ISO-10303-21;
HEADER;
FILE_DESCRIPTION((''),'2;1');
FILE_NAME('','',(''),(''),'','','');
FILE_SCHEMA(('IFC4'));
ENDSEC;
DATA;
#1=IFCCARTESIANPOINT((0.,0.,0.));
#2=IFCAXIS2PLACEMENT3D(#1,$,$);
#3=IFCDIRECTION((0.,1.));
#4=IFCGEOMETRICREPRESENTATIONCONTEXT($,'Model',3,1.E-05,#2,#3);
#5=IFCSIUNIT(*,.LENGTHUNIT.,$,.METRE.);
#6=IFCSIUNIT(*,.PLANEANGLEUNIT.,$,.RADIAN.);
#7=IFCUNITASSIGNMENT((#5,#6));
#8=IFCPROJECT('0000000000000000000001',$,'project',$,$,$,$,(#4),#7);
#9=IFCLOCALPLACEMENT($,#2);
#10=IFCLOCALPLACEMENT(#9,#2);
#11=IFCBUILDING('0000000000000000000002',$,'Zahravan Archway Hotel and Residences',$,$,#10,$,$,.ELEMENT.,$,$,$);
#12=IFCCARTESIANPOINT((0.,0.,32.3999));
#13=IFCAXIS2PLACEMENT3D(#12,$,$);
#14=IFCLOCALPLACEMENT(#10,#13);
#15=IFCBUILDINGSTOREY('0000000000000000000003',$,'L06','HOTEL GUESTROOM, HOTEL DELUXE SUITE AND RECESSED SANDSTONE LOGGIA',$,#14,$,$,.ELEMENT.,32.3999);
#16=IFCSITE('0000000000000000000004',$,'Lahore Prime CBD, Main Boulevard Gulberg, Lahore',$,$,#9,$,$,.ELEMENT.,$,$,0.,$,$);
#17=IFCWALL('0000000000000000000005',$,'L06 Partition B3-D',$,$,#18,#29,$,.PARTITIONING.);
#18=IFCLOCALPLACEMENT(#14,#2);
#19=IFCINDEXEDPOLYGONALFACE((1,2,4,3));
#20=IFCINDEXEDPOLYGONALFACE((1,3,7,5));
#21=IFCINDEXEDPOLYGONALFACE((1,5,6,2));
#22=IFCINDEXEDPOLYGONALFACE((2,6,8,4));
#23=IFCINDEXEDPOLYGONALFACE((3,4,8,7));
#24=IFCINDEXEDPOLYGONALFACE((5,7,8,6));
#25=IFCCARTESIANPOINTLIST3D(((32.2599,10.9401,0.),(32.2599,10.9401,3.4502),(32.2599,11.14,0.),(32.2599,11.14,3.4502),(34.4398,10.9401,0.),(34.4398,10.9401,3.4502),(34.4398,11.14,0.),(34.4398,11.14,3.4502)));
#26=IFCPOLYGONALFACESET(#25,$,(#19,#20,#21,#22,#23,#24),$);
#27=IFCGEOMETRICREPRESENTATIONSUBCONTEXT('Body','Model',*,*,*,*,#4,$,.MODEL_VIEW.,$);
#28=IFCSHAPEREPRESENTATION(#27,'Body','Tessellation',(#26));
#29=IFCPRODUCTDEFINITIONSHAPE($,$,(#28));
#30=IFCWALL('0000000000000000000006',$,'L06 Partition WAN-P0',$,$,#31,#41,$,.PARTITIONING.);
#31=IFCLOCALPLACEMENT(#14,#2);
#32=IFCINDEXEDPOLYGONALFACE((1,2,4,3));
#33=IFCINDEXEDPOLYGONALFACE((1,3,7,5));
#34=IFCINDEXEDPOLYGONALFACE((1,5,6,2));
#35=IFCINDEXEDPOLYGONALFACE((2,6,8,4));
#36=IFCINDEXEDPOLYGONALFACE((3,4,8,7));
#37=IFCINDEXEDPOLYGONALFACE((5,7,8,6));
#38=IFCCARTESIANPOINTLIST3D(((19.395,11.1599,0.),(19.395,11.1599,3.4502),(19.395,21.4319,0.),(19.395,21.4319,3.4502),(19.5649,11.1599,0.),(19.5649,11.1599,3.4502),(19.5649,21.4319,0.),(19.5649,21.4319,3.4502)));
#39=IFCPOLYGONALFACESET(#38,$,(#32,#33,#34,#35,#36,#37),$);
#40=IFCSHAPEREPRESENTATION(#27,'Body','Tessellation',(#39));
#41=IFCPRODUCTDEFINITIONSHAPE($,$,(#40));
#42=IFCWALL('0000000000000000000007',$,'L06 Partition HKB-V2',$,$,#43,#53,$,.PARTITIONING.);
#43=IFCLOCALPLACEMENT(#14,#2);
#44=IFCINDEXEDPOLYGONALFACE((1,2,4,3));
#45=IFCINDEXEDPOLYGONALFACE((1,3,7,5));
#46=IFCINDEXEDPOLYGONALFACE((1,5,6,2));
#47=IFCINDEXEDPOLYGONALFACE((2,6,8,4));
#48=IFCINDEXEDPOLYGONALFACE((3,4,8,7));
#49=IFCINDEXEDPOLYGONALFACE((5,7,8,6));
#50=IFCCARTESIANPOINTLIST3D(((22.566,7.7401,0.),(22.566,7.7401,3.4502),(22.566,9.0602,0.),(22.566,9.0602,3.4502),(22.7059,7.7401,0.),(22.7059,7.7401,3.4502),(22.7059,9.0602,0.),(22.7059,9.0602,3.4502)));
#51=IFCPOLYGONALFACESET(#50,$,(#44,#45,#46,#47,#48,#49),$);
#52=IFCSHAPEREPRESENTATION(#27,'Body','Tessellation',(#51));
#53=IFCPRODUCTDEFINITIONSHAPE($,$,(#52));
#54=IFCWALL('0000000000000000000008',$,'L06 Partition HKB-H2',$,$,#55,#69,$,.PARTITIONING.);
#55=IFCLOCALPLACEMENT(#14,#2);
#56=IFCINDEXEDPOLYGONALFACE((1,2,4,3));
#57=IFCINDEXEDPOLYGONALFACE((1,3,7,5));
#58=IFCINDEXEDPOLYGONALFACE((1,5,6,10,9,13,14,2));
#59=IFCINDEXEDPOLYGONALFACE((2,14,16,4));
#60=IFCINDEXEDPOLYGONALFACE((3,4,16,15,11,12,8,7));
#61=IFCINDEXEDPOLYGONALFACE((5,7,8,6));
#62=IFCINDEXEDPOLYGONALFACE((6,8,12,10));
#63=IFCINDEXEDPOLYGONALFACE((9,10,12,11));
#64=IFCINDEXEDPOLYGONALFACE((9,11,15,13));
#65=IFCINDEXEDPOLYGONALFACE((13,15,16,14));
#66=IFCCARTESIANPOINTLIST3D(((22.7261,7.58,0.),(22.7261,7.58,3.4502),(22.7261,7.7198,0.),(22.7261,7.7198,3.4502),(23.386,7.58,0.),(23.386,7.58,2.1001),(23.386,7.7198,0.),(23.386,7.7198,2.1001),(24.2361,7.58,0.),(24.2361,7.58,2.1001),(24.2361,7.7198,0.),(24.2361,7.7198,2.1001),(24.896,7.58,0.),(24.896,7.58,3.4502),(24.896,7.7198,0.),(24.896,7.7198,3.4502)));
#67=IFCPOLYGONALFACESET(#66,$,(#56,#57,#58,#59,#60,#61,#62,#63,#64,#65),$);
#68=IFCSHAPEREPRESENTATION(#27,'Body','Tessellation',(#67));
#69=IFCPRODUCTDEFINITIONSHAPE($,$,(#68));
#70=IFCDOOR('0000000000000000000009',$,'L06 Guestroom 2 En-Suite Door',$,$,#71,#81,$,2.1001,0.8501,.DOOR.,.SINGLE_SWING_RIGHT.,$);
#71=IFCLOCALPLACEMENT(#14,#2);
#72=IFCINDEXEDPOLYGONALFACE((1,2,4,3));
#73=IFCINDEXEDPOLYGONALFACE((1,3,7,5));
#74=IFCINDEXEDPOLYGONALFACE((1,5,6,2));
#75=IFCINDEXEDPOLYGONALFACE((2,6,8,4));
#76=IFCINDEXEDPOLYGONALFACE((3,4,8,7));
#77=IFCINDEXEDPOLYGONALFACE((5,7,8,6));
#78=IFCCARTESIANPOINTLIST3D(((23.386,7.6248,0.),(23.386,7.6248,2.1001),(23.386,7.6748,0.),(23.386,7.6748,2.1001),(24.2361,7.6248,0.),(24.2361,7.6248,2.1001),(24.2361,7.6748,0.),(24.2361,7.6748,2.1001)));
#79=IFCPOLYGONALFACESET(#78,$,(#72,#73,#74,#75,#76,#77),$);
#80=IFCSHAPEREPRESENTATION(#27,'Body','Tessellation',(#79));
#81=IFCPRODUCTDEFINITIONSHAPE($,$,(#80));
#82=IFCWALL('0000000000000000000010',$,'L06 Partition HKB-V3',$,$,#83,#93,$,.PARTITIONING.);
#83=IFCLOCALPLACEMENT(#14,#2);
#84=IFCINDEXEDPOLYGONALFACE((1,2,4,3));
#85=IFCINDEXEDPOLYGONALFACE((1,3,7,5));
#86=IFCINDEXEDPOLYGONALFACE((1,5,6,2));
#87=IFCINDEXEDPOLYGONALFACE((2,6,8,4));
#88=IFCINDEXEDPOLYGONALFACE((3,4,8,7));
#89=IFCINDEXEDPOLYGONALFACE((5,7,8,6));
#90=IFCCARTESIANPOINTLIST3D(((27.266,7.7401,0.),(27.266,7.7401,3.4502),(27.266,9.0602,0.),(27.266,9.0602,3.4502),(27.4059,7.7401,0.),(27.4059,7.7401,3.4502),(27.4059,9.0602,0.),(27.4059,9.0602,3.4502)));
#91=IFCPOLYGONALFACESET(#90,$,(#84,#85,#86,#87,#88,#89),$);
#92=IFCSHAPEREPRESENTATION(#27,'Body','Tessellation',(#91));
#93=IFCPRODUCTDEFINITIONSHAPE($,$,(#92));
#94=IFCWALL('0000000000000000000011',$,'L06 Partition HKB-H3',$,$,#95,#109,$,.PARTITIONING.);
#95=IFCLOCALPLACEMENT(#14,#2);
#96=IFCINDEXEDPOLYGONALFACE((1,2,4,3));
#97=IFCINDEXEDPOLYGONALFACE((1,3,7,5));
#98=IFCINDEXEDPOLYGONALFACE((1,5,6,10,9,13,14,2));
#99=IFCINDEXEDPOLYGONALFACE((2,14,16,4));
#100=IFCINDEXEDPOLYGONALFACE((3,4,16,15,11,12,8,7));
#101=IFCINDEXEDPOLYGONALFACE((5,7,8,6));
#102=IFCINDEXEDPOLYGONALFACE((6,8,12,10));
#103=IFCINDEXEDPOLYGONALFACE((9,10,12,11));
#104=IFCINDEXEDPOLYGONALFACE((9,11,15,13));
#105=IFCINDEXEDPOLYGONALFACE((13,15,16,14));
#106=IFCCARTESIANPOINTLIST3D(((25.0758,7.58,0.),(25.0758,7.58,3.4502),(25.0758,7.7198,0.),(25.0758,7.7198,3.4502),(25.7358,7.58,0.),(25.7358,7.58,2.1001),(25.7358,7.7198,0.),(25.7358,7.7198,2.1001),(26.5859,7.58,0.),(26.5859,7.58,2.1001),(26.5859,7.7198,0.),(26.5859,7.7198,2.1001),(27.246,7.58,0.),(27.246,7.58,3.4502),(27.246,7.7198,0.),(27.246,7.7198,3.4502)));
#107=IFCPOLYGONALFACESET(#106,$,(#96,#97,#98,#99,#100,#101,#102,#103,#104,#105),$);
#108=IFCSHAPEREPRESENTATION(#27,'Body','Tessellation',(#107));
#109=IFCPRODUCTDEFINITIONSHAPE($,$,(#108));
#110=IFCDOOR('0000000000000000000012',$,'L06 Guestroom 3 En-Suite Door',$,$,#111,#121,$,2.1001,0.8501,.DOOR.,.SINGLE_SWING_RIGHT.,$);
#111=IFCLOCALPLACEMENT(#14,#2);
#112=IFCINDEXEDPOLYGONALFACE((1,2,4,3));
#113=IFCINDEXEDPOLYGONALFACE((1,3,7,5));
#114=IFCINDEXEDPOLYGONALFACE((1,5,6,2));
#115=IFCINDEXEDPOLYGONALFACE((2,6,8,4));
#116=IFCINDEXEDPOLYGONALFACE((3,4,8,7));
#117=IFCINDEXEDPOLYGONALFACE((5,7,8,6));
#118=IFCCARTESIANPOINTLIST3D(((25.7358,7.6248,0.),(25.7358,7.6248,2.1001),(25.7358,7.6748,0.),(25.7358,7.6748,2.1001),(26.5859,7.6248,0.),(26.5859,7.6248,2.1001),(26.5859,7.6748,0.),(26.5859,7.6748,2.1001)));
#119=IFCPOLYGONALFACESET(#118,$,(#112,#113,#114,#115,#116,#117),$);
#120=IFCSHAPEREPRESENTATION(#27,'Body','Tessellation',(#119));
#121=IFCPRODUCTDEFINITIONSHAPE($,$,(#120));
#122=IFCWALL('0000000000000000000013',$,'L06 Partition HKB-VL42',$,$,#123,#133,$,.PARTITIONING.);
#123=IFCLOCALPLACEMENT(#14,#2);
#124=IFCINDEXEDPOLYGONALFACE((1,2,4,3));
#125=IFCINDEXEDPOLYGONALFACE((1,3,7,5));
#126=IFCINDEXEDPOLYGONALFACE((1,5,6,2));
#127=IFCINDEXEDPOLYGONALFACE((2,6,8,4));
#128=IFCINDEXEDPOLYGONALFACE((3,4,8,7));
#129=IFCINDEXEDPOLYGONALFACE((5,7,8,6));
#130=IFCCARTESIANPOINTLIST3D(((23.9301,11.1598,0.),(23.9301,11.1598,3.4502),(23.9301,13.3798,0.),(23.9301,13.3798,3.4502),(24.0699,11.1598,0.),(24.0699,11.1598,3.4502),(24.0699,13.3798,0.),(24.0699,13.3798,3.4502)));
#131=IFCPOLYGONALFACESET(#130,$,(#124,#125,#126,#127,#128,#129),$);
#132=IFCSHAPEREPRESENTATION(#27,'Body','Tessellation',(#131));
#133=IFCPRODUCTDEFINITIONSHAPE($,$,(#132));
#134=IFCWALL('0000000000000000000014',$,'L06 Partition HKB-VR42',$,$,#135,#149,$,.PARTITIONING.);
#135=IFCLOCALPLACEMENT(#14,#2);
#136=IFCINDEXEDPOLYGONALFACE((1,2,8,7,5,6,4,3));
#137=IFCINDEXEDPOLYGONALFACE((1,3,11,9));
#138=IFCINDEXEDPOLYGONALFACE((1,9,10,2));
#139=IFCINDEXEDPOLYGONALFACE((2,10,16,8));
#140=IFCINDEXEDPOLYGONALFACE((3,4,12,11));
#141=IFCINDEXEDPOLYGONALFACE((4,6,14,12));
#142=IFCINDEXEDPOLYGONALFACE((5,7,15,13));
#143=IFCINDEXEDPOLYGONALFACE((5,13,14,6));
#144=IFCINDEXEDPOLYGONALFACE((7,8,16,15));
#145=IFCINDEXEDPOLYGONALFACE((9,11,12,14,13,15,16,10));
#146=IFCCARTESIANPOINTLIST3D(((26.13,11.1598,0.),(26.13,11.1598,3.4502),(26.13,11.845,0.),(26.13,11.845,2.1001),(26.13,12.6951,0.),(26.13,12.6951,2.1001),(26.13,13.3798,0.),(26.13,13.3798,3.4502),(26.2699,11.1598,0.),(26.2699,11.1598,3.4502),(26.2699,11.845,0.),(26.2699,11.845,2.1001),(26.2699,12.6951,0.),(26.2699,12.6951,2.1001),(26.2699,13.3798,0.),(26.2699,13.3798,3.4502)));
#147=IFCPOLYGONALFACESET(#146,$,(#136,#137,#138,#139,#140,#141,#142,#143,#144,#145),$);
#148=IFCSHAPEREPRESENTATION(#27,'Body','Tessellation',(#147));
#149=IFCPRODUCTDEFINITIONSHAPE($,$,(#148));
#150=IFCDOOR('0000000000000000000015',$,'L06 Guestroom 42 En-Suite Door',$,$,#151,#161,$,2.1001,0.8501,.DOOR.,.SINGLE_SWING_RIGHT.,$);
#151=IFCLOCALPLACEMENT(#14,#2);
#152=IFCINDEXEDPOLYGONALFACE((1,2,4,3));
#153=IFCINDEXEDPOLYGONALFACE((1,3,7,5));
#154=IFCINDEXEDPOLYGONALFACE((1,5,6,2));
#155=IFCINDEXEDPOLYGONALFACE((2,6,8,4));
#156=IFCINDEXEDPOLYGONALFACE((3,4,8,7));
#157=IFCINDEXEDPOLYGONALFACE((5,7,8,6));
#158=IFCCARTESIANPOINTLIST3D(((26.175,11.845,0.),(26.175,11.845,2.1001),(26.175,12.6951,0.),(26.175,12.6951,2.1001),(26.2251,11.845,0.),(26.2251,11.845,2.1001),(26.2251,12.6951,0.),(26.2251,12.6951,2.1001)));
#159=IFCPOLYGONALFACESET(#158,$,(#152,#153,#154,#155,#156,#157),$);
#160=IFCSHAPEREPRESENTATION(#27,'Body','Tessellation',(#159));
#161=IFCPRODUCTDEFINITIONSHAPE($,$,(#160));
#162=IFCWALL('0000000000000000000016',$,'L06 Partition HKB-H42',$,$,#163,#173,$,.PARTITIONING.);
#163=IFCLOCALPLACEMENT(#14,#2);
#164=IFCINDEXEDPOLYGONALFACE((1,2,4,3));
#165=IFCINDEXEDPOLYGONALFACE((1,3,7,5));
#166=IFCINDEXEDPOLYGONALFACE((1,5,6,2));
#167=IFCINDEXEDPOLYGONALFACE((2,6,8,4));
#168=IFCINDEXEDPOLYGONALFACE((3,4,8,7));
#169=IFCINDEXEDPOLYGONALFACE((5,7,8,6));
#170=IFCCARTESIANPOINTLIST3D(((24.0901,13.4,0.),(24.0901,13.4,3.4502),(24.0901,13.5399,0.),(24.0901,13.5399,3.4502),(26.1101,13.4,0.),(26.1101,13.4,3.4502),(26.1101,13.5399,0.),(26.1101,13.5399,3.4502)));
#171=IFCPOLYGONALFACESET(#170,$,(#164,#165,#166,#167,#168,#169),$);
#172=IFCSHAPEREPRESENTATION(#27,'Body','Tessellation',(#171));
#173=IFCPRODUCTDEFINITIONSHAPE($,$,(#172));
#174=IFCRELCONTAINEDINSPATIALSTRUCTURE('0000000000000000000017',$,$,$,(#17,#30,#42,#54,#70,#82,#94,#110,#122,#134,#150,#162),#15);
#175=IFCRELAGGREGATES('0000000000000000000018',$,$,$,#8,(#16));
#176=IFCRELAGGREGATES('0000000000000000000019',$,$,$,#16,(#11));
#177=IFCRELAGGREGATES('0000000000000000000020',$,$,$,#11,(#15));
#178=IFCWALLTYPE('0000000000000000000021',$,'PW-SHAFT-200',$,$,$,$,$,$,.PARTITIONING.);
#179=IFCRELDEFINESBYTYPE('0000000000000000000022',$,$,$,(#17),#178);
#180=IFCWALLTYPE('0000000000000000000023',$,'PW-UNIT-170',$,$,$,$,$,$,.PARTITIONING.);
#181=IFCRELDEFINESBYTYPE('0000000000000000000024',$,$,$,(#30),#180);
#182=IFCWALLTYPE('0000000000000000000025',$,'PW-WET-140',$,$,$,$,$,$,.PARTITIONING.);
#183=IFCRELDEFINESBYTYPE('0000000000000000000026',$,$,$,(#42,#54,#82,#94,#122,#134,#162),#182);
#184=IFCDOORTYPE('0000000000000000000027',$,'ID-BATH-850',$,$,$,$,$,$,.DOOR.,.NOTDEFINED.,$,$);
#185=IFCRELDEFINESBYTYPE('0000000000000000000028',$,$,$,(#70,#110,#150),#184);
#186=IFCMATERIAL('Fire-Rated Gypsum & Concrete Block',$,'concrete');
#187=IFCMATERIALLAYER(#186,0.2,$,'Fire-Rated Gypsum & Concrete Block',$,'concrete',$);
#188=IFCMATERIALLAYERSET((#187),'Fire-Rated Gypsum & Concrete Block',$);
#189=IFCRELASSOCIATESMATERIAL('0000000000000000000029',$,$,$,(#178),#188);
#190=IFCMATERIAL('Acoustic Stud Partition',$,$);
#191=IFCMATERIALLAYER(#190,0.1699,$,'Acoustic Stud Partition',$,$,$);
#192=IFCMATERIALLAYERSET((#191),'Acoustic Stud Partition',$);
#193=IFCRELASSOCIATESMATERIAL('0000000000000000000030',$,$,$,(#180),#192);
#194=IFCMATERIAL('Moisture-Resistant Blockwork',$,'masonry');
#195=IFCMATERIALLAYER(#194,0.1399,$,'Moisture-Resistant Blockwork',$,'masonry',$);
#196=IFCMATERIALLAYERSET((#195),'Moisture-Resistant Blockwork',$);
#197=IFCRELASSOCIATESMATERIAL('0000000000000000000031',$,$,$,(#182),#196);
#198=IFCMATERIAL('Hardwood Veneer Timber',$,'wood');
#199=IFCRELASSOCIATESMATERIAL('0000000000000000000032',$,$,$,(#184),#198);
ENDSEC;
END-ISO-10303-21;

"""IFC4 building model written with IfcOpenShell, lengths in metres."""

from ifc_helpers import new_model, si_unit, direction, frame, frame_2d, origin, place, context, subcontext, project, spatial, rectangle, extrude, source, transform, mapped, material, layer, layer_set, type_object, type_shapes, element, fill, save


model = new_model("IFC4")

# Units and contexts
model_context = context("Model", 3, precision=1e-05, world=origin(), true_north=direction((0.0, 1.0)))
body_context = subcontext(model_context, "Body", "Model", "MODEL_VIEW")
ifc_project = project(units=[si_unit("LENGTHUNIT", "METRE"), si_unit("PLANEANGLEUNIT", "RADIAN")], contexts=[model_context])

# Site, building, storey
site_placement = place(None, origin())
site = spatial("IfcSite", under=ifc_project, at=site_placement, Name="Lahore Prime CBD, Main Boulevard Gulberg, Lahore", CompositionType="ELEMENT", RefElevation=0.0)
building_placement = place(site_placement, origin())
building = spatial("IfcBuilding", under=site, at=building_placement, Name="Zahravan Archway Hotel and Residences", CompositionType="ELEMENT")
storey_placement = place(building_placement, frame((0.0, 0.0, 32.3999)))
storey = spatial("IfcBuildingStorey", under=building, at=storey_placement, Name="L06", Description="HOTEL GUESTROOM, HOTEL DELUXE SUITE AND RECESSED SANDSTONE LOGGIA", CompositionType="ELEMENT", Elevation=32.3999)

# Walls
ifc_material_1 = material(Name="Fire-Rated Gypsum & Concrete Block", Category="concrete")
ifc_layer_1 = layer(ifc_material_1, 0.2, Name="Fire-Rated Gypsum & Concrete Block", Category="concrete")
ifc_layer_set_1 = layer_set([ifc_layer_1], Name="Fire-Rated Gypsum & Concrete Block")
wall_type_1 = type_object("IfcWallType", Name="PW-SHAFT-200", PredefinedType="PARTITIONING", material=ifc_layer_set_1)
for number, where, z_axis, x_axis, name in (
    (1, (32.26, 11.04, 0.0), (0.0, 0.0, 1.0), (1.0, 0.0, 0.0), "L06 Partition B3-D"),
):
    element("IfcWall", number, at=place(storey_placement, frame(where, z_axis=z_axis, x_axis=x_axis)), inside=storey, type_object=wall_type_1, Name=name, PredefinedType="PARTITIONING", context=body_context, shape_type="SweptSolid", body=[
        extrude(rectangle(XDim=2.1799, YDim=0.2, at=frame_2d((1.0898, 0.0))), origin(), (0.0, 0.0, 1.0), 3.4502),
    ])
ifc_material_2 = material(Name="Acoustic Stud Partition")
ifc_layer_2 = layer(ifc_material_2, 0.1699, Name="Acoustic Stud Partition")
ifc_layer_set_2 = layer_set([ifc_layer_2], Name="Acoustic Stud Partition")
wall_type_2 = type_object("IfcWallType", Name="PW-UNIT-170", PredefinedType="PARTITIONING", material=ifc_layer_set_2)
wall_1_placement = place(storey_placement, frame((19.48, 11.1599, 0.0), z_axis=(0.0, 0.0, 1.0), x_axis=(0.0, 1.0, 0.0)))
element("IfcWall", 2, at=wall_1_placement, inside=storey, type_object=wall_type_2, Name="L06 Partition WAN-P0", PredefinedType="PARTITIONING", context=body_context, shape_type="SweptSolid", body=[
    extrude(rectangle(XDim=10.272, YDim=0.1699, at=frame_2d((5.136, 0.0))), origin(), (0.0, 0.0, 1.0), 3.4502),
])
ifc_material_3 = material(Name="Moisture-Resistant Blockwork", Category="masonry")
ifc_layer_3 = layer(ifc_material_3, 0.1399, Name="Moisture-Resistant Blockwork", Category="masonry")
ifc_layer_set_3 = layer_set([ifc_layer_3], Name="Moisture-Resistant Blockwork")
wall_type_3 = type_object("IfcWallType", Name="PW-WET-140", PredefinedType="PARTITIONING", material=ifc_layer_set_3)
wall_2_placement = place(storey_placement, frame((22.636, 7.74, 0.0), z_axis=(0.0, 0.0, 1.0), x_axis=(0.0, 1.0, 0.0)))
element("IfcWall", 3, at=wall_2_placement, inside=storey, type_object=wall_type_3, Name="L06 Partition HKB-V2", PredefinedType="PARTITIONING", context=body_context, shape_type="SweptSolid", body=[
    extrude(rectangle(XDim=1.3201, YDim=0.1399, at=frame_2d((0.6602, 0.0))), origin(), (0.0, 0.0, 1.0), 3.4502),
])

# Wall, opening, door
wall_3_placement = place(storey_placement, frame((22.7261, 7.6499, 0.0), z_axis=(0.0, 0.0, 1.0), x_axis=(1.0, 0.0, 0.0)))
wall_3 = element("IfcWall", 4, at=wall_3_placement, inside=storey, type_object=wall_type_3, Name="L06 Partition HKB-H2", PredefinedType="PARTITIONING", context=body_context, shape_type="SweptSolid", body=[
    extrude(rectangle(XDim=2.1699, YDim=0.1399, at=frame_2d((1.085, 0.0))), origin(), (0.0, 0.0, 1.0), 3.4502),
])
opening_1_placement = place(wall_3_placement, frame((0.6599, 0.0, 0.0)))
opening_1 = element("IfcOpeningElement", 5, at=opening_1_placement, cuts=wall_3, PredefinedType="OPENING", context=body_context, shape_type="SweptSolid", body=[
    extrude(rectangle(XDim=0.8501, YDim=2.1001, at=frame_2d((0.425, 1.05))), frame((0.0, 0.0801, 0.0), z_axis=(0.0, -1.0, 0.0), x_axis=(1.0, 0.0, 0.0)), (0.0, 0.0, 1.0), 0.1599),
])
ifc_material_4 = material(Name="Hardwood Veneer Timber", Category="wood")
door_type_1 = type_object("IfcDoorType", Name="ID-BATH-850", OperationType="NOTDEFINED", PredefinedType="DOOR", material=ifc_material_4)
shared_shape_1 = source(origin(), body_context, "Body", "SweptSolid", [
    extrude(rectangle(XDim=0.8501, YDim=2.1001, at=frame_2d((0.425, 1.05))), frame((0.0, 0.0249, 0.0), z_axis=(0.0, -1.0, 0.0), x_axis=(1.0, 0.0, 0.0)), (0.0, 0.0, 1.0), 0.05),
])
type_shapes(door_type_1, [shared_shape_1])
door_1_placement = place(opening_1_placement, origin())
door_1 = element("IfcDoor", 6, at=door_1_placement, inside=storey, type_object=door_type_1, Name="L06 Guestroom 2 En-Suite Door", OperationType="SINGLE_SWING_RIGHT", OverallHeight=2.1001, OverallWidth=0.8501, PredefinedType="DOOR", context=body_context, shape_type="MappedRepresentation", body=[
    mapped(shared_shape_1, transform((0.0, 0.0, 0.0), scale=1.0)),
])
fill(opening_1, door_1)

# Wall
wall_4_placement = place(storey_placement, frame((27.3359, 7.74, 0.0), z_axis=(0.0, 0.0, 1.0), x_axis=(0.0, 1.0, 0.0)))
element("IfcWall", 7, at=wall_4_placement, inside=storey, type_object=wall_type_3, Name="L06 Partition HKB-V3", PredefinedType="PARTITIONING", context=body_context, shape_type="SweptSolid", body=[
    extrude(rectangle(XDim=1.3201, YDim=0.1399, at=frame_2d((0.6602, 0.0))), origin(), (0.0, 0.0, 1.0), 3.4502),
])

# Wall, opening, door
wall_5_placement = place(storey_placement, frame((25.0759, 7.6499, 0.0), z_axis=(0.0, 0.0, 1.0), x_axis=(1.0, 0.0, 0.0)))
wall_5 = element("IfcWall", 8, at=wall_5_placement, inside=storey, type_object=wall_type_3, Name="L06 Partition HKB-H3", PredefinedType="PARTITIONING", context=body_context, shape_type="SweptSolid", body=[
    extrude(rectangle(XDim=2.1702, YDim=0.1399, at=frame_2d((1.085, 0.0))), origin(), (0.0, 0.0, 1.0), 3.4502),
])
opening_2_placement = place(wall_5_placement, frame((0.6599, 0.0, 0.0)))
opening_2 = element("IfcOpeningElement", 9, at=opening_2_placement, cuts=wall_5, PredefinedType="OPENING", context=body_context, shape_type="SweptSolid", body=[
    extrude(rectangle(XDim=0.8501, YDim=2.1001, at=frame_2d((0.425, 1.05))), frame((0.0, 0.0801, 0.0), z_axis=(0.0, -1.0, 0.0), x_axis=(1.0, 0.0, 0.0)), (0.0, 0.0, 1.0), 0.1599),
])
door_2_placement = place(opening_2_placement, origin())
door_2 = element("IfcDoor", 10, at=door_2_placement, inside=storey, type_object=door_type_1, Name="L06 Guestroom 3 En-Suite Door", OperationType="SINGLE_SWING_RIGHT", OverallHeight=2.1001, OverallWidth=0.8501, PredefinedType="DOOR", context=body_context, shape_type="MappedRepresentation", body=[
    mapped(shared_shape_1, transform((0.0, 0.0, 0.0), scale=1.0)),
])
fill(opening_2, door_2)

# Wall
wall_6_placement = place(storey_placement, frame((24.0, 11.1599, 0.0), z_axis=(0.0, 0.0, 1.0), x_axis=(0.0, 1.0, 0.0)))
element("IfcWall", 11, at=wall_6_placement, inside=storey, type_object=wall_type_3, Name="L06 Partition HKB-VL42", PredefinedType="PARTITIONING", context=body_context, shape_type="SweptSolid", body=[
    extrude(rectangle(XDim=2.22, YDim=0.1399, at=frame_2d((1.1099, 0.0))), origin(), (0.0, 0.0, 1.0), 3.4502),
])

# Wall, opening, door
wall_7_placement = place(storey_placement, frame((26.2, 11.1599, 0.0), z_axis=(0.0, 0.0, 1.0), x_axis=(0.0, 1.0, 0.0)))
wall_7 = element("IfcWall", 12, at=wall_7_placement, inside=storey, type_object=wall_type_3, Name="L06 Partition HKB-VR42", PredefinedType="PARTITIONING", context=body_context, shape_type="SweptSolid", body=[
    extrude(rectangle(XDim=2.22, YDim=0.1399, at=frame_2d((1.1099, 0.0))), origin(), (0.0, 0.0, 1.0), 3.4502),
])
opening_3_placement = place(wall_7_placement, frame((0.6851, 0.0, 0.0)))
opening_3 = element("IfcOpeningElement", 13, at=opening_3_placement, cuts=wall_7, PredefinedType="OPENING", context=body_context, shape_type="SweptSolid", body=[
    extrude(rectangle(XDim=0.8501, YDim=2.1001, at=frame_2d((0.425, 1.05))), frame((0.0, 0.0801, 0.0), z_axis=(0.0, -1.0, 0.0), x_axis=(1.0, 0.0, 0.0)), (0.0, 0.0, 1.0), 0.1599),
])
door_3_placement = place(opening_3_placement, origin())
door_3 = element("IfcDoor", 14, at=door_3_placement, inside=storey, type_object=door_type_1, Name="L06 Guestroom 42 En-Suite Door", OperationType="SINGLE_SWING_RIGHT", OverallHeight=2.1001, OverallWidth=0.8501, PredefinedType="DOOR", context=body_context, shape_type="MappedRepresentation", body=[
    mapped(shared_shape_1, transform((0.0, 0.0, 0.0), scale=1.0)),
])
fill(opening_3, door_3)

# Wall
wall_8_placement = place(storey_placement, frame((24.0901, 13.47, 0.0), z_axis=(0.0, 0.0, 1.0), x_axis=(1.0, 0.0, 0.0)))
element("IfcWall", 15, at=wall_8_placement, inside=storey, type_object=wall_type_3, Name="L06 Partition HKB-H42", PredefinedType="PARTITIONING", context=body_context, shape_type="SweptSolid", body=[
    extrude(rectangle(XDim=2.02, YDim=0.1399, at=frame_2d((1.01, 0.0))), origin(), (0.0, 0.0, 1.0), 3.4502),
])

save(model, "model.ifc")
